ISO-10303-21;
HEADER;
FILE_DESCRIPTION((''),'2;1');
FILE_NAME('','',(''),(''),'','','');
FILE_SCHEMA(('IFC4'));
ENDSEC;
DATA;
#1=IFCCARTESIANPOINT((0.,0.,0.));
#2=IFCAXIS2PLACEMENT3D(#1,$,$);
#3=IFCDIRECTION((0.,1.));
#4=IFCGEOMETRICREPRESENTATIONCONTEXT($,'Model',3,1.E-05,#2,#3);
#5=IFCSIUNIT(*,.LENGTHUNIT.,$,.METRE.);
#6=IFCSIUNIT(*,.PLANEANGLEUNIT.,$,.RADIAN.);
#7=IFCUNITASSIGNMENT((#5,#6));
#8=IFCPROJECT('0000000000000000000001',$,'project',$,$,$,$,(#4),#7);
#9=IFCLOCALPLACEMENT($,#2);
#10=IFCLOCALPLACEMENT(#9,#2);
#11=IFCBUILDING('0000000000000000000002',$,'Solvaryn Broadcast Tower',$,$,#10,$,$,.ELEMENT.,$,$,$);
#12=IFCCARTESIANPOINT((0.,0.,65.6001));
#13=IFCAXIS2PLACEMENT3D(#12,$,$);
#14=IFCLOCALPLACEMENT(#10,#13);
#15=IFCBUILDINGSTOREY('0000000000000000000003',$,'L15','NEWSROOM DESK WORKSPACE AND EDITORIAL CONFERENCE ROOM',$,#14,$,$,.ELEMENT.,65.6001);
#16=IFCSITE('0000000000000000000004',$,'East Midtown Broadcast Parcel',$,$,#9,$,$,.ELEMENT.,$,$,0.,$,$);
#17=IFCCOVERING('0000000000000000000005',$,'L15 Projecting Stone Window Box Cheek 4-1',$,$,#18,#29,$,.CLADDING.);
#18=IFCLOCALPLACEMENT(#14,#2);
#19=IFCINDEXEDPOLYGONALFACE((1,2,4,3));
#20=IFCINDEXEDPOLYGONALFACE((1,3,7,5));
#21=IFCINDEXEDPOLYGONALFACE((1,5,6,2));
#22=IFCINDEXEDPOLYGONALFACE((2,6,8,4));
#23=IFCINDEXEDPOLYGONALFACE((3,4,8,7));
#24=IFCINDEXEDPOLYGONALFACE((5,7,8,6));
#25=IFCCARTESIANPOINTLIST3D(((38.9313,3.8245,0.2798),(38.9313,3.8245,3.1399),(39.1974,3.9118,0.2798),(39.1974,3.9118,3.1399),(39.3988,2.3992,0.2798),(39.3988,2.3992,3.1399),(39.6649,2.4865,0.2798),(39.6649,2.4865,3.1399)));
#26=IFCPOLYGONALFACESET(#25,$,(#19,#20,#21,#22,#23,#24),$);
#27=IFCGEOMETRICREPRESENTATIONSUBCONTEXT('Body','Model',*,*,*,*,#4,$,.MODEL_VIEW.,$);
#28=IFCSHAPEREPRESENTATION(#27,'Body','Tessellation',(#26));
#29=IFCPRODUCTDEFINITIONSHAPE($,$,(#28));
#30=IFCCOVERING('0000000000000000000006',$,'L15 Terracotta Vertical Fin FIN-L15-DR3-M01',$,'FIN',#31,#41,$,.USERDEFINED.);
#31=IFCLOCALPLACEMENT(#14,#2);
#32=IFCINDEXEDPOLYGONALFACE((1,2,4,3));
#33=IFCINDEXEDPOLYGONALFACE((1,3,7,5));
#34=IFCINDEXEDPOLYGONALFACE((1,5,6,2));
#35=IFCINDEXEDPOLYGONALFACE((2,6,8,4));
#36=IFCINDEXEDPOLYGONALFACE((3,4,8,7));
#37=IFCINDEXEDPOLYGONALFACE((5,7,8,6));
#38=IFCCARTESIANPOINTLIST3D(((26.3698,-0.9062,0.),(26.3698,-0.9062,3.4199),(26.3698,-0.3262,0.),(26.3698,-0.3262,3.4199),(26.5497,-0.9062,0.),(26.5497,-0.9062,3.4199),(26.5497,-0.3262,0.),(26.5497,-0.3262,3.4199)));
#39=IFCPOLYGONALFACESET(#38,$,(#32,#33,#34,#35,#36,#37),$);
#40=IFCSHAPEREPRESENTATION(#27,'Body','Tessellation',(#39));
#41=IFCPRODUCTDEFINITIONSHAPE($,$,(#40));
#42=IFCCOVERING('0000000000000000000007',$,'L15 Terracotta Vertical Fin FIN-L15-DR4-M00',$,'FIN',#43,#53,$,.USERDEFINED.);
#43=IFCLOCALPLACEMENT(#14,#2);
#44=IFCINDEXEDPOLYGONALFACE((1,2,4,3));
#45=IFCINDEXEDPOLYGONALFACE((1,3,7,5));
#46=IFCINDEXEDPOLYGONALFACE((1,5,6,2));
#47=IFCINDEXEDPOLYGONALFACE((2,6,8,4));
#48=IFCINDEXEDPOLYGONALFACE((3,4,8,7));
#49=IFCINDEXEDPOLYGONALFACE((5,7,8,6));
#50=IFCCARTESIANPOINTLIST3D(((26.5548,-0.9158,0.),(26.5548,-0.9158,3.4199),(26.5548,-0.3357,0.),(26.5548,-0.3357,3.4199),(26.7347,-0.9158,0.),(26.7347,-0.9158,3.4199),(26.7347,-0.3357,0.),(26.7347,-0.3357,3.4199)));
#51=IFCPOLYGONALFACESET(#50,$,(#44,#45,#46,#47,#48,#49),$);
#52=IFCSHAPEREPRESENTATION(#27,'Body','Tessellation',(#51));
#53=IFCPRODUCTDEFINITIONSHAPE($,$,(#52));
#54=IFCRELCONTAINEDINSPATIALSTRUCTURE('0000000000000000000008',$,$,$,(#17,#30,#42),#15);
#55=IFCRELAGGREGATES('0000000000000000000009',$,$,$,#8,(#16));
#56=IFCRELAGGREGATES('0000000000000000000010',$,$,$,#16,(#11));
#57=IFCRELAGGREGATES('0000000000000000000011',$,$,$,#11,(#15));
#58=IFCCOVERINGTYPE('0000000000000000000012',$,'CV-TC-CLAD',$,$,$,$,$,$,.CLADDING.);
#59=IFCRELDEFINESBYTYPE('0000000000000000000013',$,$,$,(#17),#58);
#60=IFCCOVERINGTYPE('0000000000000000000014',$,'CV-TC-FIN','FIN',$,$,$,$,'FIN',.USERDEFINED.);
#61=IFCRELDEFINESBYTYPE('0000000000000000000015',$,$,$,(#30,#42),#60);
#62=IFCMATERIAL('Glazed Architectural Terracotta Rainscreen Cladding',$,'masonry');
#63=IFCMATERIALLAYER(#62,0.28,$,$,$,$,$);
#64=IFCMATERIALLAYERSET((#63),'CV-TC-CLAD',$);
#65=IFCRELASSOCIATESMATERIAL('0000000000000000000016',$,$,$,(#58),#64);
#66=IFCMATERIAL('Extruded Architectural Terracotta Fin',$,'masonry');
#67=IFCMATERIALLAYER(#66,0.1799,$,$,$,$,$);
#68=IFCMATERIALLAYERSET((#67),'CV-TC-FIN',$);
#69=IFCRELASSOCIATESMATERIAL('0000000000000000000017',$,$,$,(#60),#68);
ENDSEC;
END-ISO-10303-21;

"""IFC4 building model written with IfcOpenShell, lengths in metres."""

from ifc_helpers import new_model, si_unit, direction, frame, origin, origin_2d, place, context, subcontext, project, spatial, rectangle, extrude, material, layer, layer_set, type_object, element, save


model = new_model("IFC4")

# Units and contexts
model_context = context("Model", 3, precision=1e-05, world=origin(), true_north=direction((0.0, 1.0)))
body_context = subcontext(model_context, "Body", "Model", "MODEL_VIEW")
ifc_project = project(units=[si_unit("LENGTHUNIT", "METRE"), si_unit("PLANEANGLEUNIT", "RADIAN")], contexts=[model_context])

# Site, building, storey
site_placement = place(None, origin())
site = spatial("IfcSite", under=ifc_project, at=site_placement, Name="East Midtown Broadcast Parcel", CompositionType="ELEMENT", RefElevation=0.0)
building_placement = place(site_placement, origin())
building = spatial("IfcBuilding", under=site, at=building_placement, Name="Solvaryn Broadcast Tower", CompositionType="ELEMENT")
storey_placement = place(building_placement, frame((0.0, 0.0, 65.6001)))
storey = spatial("IfcBuildingStorey", under=building, at=storey_placement, Name="L15", Description="NEWSROOM DESK WORKSPACE AND EDITORIAL CONFERENCE ROOM", CompositionType="ELEMENT", Elevation=65.6001)

# Coverings
ifc_material_1 = material(Name="Glazed Architectural Terracotta Rainscreen Cladding", Category="masonry")
ifc_layer_1 = layer(ifc_material_1, 0.28)
ifc_layer_set_1 = layer_set([ifc_layer_1], Name="CV-TC-CLAD")
covering_type_1 = type_object("IfcCoveringType", Name="CV-TC-CLAD", PredefinedType="CLADDING", material=ifc_layer_set_1)
covering_placement = place(storey_placement, frame((39.2981, 3.1555, 0.2798), z_axis=(0.0, 0.0, 1.0), x_axis=(0.95019, 0.311672, 0.0)))
element("IfcCovering", 1, at=covering_placement, inside=storey, type_object=covering_type_1, Name="L15 Projecting Stone Window Box Cheek 4-1", PredefinedType="CLADDING", context=body_context, shape_type="SweptSolid", body=[
    extrude(rectangle(XDim=0.28, YDim=1.5, at=origin_2d()), origin(), (0.0, 0.0, 1.0), 2.8601),
])
ifc_material_2 = material(Name="Extruded Architectural Terracotta Fin", Category="masonry")
ifc_layer_2 = layer(ifc_material_2, 0.1799)
ifc_layer_set_2 = layer_set([ifc_layer_2], Name="CV-TC-FIN")
covering_type_2 = type_object("IfcCoveringType", Name="CV-TC-FIN", Description="FIN", ElementType="FIN", PredefinedType="USERDEFINED", material=ifc_layer_set_2)
for number, where, z_axis, x_axis, name in (
    (2, (26.4597, -0.6162, 0.0), (0.0, 0.0, 1.0), (1.0, 0.0, 0.0), "L15 Terracotta Vertical Fin FIN-L15-DR3-M01"),
    (3, (26.6448, -0.6257, 0.0), (0.0, 0.0, 1.0), (1.0, 0.0, 0.0), "L15 Terracotta Vertical Fin FIN-L15-DR4-M00"),
):
    element("IfcCovering", number, at=place(storey_placement, frame(where, z_axis=z_axis, x_axis=x_axis)), inside=storey, type_object=covering_type_2, Name=name, ObjectType="FIN", PredefinedType="USERDEFINED", context=body_context, shape_type="SweptSolid", body=[
        extrude(rectangle(XDim=0.1799, YDim=0.5801, at=origin_2d()), origin(), (0.0, 0.0, 1.0), 3.4199),
    ])

save(model, "model.ifc")
